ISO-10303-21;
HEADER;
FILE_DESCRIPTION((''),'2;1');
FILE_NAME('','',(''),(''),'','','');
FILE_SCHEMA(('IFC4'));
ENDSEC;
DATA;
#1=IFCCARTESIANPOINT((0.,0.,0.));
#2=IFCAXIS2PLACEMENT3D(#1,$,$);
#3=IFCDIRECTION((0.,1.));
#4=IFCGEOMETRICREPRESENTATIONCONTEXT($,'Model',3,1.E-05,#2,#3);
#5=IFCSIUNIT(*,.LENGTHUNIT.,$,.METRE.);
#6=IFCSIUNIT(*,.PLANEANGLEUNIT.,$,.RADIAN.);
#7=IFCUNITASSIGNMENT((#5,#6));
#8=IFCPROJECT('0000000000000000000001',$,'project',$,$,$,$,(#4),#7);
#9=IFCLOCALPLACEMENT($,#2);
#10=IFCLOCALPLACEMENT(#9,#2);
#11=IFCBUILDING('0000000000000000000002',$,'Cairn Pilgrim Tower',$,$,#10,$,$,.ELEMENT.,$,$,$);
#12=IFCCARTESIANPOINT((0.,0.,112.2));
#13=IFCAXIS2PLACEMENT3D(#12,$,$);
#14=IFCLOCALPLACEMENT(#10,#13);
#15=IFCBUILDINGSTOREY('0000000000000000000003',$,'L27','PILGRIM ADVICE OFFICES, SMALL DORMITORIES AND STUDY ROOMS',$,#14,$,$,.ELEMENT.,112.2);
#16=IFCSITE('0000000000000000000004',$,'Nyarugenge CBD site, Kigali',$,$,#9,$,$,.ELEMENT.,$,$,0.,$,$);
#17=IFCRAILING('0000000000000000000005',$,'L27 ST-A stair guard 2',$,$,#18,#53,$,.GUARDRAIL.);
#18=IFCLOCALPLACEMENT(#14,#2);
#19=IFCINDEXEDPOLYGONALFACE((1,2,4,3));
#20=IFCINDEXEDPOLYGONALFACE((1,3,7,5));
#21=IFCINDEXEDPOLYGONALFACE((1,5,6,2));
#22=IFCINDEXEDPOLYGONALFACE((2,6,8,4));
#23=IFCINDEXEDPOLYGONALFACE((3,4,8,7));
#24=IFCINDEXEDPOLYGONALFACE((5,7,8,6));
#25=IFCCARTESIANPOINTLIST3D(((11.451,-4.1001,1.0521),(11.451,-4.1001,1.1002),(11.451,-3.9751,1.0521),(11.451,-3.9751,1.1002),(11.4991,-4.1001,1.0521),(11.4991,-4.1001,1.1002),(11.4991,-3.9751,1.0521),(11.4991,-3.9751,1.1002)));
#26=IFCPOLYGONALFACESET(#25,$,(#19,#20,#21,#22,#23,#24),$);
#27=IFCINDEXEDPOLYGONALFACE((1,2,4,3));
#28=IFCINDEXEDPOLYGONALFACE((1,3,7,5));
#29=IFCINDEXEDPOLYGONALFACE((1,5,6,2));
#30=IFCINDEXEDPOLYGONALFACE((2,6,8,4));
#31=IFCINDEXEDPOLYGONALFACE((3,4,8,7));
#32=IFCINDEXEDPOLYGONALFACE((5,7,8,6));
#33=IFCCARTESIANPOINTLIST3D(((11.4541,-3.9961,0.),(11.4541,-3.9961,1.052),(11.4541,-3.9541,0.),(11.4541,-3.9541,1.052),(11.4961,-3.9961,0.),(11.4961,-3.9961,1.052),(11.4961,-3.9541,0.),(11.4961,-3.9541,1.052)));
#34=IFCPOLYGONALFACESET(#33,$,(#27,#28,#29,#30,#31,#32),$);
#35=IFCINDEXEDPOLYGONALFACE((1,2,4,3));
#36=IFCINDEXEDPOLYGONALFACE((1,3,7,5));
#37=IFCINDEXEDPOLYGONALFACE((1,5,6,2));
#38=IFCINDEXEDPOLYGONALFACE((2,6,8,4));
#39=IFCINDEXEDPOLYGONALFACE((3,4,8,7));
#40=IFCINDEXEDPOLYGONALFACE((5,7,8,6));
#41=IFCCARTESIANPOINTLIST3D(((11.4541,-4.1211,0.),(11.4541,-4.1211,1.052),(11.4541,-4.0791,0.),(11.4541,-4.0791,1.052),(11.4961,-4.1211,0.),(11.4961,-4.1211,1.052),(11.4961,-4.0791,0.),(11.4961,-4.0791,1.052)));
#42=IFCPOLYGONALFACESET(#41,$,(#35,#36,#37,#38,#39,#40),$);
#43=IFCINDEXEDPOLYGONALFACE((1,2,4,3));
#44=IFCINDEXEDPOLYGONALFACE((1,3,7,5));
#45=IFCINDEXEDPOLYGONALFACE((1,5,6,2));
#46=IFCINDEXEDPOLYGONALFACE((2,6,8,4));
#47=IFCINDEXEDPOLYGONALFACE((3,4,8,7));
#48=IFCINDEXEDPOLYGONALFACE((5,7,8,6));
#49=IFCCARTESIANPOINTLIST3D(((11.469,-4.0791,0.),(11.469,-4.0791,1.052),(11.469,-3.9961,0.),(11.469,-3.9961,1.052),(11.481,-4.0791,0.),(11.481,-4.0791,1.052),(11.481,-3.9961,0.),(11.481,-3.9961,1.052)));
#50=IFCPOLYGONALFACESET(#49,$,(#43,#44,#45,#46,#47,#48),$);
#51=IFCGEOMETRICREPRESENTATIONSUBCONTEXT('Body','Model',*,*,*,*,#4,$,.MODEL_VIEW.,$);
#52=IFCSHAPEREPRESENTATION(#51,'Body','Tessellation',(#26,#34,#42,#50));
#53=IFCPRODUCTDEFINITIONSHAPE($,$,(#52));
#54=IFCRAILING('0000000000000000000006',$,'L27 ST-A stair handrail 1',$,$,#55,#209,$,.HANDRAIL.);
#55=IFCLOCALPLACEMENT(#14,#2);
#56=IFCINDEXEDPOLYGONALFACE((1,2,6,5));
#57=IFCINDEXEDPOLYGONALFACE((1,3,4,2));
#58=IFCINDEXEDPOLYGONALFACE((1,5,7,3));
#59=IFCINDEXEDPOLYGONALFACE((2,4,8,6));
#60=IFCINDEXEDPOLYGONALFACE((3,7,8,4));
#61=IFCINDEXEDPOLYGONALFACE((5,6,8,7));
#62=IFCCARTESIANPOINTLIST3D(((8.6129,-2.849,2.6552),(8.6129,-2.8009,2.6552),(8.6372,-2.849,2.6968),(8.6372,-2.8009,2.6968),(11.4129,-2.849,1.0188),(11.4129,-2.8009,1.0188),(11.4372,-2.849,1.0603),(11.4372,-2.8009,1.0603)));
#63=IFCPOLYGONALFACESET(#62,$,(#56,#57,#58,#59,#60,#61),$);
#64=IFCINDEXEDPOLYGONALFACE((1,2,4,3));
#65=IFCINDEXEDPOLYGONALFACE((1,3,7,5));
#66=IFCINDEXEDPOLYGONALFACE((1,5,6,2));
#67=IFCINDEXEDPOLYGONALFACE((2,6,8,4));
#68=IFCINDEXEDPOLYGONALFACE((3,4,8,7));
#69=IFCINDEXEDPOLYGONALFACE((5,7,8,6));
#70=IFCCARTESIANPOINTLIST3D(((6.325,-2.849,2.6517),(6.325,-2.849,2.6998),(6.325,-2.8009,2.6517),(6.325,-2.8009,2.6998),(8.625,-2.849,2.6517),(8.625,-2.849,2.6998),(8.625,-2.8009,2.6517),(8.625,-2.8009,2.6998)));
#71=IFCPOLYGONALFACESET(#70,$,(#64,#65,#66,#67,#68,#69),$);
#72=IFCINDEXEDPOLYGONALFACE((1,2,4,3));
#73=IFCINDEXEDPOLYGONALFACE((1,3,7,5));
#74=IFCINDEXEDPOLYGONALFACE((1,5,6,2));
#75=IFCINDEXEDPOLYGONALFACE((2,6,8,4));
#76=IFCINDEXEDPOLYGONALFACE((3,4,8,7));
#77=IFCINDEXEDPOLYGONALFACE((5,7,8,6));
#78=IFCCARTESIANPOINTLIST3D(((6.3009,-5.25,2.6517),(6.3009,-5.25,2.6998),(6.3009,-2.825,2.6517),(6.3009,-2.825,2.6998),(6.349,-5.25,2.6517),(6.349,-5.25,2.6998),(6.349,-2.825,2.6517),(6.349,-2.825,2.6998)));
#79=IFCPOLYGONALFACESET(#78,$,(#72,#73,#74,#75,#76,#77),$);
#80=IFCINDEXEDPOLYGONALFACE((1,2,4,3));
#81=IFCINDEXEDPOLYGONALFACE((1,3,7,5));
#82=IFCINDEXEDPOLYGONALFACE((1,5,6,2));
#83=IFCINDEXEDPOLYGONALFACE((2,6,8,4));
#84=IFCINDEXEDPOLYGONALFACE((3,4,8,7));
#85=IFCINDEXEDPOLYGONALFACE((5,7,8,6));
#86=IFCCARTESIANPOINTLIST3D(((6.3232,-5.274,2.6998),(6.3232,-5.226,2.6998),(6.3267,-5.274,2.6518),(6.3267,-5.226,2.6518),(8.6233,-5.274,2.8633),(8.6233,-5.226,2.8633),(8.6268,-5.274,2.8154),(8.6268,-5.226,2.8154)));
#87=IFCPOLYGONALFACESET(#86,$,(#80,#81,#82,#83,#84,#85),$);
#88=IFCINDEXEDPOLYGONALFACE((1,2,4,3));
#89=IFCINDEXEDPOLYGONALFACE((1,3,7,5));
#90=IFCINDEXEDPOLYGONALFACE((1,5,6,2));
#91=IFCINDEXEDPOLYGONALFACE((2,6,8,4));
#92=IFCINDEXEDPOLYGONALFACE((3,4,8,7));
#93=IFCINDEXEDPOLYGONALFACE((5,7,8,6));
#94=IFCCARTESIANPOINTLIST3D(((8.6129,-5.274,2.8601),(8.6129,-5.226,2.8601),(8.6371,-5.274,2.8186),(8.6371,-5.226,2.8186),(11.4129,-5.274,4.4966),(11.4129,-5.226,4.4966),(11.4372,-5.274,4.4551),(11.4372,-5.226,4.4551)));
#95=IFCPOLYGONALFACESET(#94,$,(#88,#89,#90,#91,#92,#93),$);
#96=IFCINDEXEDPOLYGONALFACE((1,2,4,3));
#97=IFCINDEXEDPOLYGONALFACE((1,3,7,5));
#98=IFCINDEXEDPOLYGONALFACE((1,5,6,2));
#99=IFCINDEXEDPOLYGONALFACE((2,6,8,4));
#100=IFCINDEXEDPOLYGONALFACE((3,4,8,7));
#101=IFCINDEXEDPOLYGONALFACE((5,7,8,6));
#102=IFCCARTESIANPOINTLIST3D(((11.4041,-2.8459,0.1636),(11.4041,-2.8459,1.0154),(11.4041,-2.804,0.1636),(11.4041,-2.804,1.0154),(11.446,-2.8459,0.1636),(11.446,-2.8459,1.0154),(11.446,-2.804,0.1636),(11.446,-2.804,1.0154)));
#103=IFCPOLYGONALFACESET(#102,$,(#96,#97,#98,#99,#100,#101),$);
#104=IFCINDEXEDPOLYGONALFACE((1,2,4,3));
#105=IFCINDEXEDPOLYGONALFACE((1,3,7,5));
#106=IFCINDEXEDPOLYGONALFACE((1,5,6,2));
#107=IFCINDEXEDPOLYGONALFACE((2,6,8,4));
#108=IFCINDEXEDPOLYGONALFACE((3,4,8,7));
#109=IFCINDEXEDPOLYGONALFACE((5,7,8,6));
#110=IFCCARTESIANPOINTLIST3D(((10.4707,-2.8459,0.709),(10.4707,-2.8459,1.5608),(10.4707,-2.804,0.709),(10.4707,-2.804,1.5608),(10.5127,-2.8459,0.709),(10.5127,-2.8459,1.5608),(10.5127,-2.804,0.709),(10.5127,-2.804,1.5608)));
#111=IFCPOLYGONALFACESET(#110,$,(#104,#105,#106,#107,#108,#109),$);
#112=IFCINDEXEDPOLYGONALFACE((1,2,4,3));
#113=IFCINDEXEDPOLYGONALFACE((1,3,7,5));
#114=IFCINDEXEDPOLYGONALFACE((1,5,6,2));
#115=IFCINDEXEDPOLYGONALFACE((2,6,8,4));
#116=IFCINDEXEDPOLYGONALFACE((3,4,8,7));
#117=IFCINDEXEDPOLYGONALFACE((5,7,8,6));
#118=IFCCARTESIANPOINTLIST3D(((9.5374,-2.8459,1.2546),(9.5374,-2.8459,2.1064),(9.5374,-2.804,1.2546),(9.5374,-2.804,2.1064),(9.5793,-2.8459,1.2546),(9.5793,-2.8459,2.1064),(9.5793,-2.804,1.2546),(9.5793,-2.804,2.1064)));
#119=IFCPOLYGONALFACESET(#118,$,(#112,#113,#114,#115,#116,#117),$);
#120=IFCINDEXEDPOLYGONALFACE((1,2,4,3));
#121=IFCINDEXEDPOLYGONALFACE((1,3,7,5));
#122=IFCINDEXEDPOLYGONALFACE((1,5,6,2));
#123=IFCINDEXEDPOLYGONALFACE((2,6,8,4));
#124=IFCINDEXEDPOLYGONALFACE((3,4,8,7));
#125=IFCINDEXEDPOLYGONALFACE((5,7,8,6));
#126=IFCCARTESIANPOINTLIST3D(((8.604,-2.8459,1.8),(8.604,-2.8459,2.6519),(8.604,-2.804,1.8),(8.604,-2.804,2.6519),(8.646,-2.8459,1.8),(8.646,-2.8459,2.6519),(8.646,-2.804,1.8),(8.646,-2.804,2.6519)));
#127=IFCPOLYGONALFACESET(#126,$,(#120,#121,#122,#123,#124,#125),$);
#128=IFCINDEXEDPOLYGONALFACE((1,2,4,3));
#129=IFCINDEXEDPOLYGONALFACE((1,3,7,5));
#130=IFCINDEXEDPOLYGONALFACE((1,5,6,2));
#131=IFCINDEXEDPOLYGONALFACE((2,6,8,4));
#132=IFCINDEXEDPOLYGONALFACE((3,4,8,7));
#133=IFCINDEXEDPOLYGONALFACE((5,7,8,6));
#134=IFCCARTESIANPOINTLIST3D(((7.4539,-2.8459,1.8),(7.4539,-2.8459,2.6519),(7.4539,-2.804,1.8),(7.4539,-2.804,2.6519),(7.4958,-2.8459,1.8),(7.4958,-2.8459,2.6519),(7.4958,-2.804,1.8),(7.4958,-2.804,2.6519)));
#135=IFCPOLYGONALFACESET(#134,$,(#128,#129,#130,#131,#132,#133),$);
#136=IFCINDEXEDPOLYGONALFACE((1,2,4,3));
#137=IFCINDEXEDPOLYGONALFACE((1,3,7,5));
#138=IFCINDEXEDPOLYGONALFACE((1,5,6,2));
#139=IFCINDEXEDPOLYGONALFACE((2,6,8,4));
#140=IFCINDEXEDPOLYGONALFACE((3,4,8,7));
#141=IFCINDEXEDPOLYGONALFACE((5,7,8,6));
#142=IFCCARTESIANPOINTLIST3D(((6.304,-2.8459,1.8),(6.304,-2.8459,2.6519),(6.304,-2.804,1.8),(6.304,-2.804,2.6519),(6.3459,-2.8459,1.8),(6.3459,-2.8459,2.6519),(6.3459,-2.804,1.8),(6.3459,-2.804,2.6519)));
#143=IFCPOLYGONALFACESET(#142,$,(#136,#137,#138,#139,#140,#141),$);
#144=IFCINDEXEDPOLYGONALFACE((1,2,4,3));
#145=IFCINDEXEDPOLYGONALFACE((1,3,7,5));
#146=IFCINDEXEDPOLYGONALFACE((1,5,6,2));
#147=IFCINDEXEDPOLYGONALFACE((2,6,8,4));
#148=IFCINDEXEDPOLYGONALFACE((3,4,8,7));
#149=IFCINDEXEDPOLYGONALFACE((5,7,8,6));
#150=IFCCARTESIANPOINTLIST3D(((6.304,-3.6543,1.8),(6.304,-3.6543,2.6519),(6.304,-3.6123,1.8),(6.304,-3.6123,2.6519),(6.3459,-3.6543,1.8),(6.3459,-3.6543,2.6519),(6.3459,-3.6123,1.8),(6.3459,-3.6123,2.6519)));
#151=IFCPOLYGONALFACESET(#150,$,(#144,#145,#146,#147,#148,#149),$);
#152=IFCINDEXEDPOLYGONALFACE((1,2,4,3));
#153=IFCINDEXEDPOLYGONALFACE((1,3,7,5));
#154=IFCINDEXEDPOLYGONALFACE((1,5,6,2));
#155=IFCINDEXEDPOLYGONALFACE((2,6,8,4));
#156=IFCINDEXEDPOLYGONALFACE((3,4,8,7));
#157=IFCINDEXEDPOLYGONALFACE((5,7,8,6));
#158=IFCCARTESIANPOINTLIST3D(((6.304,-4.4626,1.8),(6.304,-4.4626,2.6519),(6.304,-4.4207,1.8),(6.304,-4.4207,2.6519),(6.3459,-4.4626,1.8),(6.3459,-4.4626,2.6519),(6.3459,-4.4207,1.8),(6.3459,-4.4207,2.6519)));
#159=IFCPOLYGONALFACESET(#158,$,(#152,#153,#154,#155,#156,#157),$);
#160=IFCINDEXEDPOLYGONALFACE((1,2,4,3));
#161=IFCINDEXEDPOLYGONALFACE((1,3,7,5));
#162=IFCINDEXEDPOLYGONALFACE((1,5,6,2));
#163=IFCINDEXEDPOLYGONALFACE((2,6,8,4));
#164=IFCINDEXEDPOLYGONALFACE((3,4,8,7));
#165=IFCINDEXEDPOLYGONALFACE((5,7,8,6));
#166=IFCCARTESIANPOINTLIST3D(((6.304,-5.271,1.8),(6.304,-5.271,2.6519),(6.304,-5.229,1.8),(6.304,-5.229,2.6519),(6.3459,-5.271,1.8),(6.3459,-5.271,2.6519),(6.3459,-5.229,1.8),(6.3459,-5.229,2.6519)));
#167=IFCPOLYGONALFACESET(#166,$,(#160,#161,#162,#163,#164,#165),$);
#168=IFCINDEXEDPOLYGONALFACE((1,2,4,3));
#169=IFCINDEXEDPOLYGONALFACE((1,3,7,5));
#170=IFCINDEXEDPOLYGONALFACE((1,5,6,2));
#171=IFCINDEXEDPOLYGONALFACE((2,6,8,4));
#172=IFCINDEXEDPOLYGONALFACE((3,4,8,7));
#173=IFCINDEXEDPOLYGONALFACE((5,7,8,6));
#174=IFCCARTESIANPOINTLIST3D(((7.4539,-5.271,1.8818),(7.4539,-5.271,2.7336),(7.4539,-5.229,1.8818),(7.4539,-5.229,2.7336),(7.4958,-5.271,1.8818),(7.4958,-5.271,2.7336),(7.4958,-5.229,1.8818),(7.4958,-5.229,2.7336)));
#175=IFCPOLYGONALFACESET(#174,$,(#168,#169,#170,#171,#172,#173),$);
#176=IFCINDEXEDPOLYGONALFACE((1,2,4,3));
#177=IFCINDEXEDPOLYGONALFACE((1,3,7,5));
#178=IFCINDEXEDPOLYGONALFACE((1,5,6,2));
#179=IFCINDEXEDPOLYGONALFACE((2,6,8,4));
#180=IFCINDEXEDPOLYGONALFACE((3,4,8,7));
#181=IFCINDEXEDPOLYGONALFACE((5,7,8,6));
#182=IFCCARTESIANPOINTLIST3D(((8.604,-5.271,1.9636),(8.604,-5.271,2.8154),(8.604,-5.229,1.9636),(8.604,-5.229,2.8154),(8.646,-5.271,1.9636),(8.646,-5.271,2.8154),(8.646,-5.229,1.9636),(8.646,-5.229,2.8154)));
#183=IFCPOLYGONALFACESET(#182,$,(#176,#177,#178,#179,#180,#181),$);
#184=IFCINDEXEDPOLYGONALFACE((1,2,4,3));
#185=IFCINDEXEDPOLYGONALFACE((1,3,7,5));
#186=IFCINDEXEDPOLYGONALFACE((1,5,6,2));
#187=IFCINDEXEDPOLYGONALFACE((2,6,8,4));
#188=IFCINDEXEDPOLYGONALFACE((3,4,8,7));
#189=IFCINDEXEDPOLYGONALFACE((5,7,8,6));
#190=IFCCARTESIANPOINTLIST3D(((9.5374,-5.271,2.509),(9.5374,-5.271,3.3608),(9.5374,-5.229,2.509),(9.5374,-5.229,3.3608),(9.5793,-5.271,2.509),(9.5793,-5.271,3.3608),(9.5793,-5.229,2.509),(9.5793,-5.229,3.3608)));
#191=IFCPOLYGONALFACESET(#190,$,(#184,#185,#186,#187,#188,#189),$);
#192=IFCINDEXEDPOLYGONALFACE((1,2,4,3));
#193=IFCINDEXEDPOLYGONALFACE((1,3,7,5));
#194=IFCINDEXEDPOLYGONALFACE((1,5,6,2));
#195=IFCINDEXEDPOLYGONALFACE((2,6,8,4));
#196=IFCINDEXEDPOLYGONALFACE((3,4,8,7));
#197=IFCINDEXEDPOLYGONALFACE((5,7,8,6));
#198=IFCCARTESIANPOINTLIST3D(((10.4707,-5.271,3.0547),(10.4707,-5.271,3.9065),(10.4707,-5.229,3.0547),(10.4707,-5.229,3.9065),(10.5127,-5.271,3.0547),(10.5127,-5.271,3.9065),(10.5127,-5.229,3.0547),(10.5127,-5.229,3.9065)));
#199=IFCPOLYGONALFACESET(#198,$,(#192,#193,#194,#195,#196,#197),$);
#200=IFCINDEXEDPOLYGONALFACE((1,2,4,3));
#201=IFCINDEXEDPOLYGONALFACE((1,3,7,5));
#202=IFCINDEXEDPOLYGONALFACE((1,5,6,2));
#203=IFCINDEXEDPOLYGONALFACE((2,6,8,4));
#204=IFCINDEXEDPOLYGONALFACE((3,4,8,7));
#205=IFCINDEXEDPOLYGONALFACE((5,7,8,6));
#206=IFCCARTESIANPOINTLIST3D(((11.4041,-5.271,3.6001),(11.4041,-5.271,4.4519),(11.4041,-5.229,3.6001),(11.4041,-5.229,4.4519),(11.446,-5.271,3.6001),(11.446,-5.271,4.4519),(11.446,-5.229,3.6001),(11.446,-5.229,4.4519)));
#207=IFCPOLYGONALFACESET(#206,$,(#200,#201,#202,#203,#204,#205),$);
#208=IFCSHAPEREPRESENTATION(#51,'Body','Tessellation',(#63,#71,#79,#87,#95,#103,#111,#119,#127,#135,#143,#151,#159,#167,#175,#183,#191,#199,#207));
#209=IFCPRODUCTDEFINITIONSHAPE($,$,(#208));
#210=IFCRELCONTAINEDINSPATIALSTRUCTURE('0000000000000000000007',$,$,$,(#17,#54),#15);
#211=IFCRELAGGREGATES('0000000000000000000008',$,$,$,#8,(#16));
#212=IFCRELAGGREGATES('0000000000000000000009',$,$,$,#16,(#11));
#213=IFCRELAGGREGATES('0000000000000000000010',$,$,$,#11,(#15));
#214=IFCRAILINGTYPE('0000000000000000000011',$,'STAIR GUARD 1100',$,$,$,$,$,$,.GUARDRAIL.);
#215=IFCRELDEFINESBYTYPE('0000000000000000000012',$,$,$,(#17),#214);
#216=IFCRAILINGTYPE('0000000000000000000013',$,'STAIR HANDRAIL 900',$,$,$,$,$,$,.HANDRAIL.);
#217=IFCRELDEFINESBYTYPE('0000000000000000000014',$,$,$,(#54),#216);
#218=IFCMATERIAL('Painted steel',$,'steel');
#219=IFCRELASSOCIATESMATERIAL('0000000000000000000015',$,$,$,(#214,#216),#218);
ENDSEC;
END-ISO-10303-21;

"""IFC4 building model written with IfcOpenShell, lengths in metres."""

from ifc_helpers import new_model, si_unit, direction, frame, origin, origin_2d, place, context, subcontext, project, spatial, polyline, rectangle, outline, extrude, material, type_object, element, save


model = new_model("IFC4")

# Units and contexts
model_context = context("Model", 3, precision=1e-05, world=origin(), true_north=direction((0.0, 1.0)))
body_context = subcontext(model_context, "Body", "Model", "MODEL_VIEW")
ifc_project = project(units=[si_unit("LENGTHUNIT", "METRE"), si_unit("PLANEANGLEUNIT", "RADIAN")], contexts=[model_context])

# Site, building, storey
site_placement = place(None, origin())
site = spatial("IfcSite", under=ifc_project, at=site_placement, Name="Nyarugenge CBD site, Kigali", CompositionType="ELEMENT", RefElevation=0.0)
building_placement = place(site_placement, origin())
building = spatial("IfcBuilding", under=site, at=building_placement, Name="Cairn Pilgrim Tower", CompositionType="ELEMENT")
storey_placement = place(building_placement, frame((0.0, 0.0, 112.2)))
storey = spatial("IfcBuildingStorey", under=building, at=storey_placement, Name="L27", Description="PILGRIM ADVICE OFFICES, SMALL DORMITORIES AND STUDY ROOMS", CompositionType="ELEMENT", Elevation=112.2)

# Shared definitions
ifc_material_1 = material(Name="Painted steel", Category="steel")

# Railings
railing_type_1 = type_object("IfcRailingType", Name="STAIR GUARD 1100", PredefinedType="GUARDRAIL", material=ifc_material_1)
railing_1_placement = place(storey_placement, frame((11.4751, -3.9751, 0.0)))
element("IfcRailing", 1, at=railing_1_placement, inside=storey, type_object=railing_type_1, Name="L27 ST-A stair guard 2", PredefinedType="GUARDRAIL", context=body_context, shape_type="SweptSolid", body=[
    extrude(rectangle(XDim=0.0481, YDim=0.0481, at=origin_2d()), frame((0.0, 0.0, 1.0762), z_axis=(0.0, -1.0, 0.0), x_axis=(1.0, 0.0, 0.0)), (0.0, 0.0, 1.0), 0.125),
    extrude(rectangle(XDim=0.042, YDim=0.042, at=origin_2d()), origin(), (0.0, 0.0, 1.0), 1.052),
    extrude(rectangle(XDim=0.042, YDim=0.042, at=origin_2d()), frame((0.0, -0.125, 0.0)), (0.0, 0.0, 1.0), 1.052),
    extrude(outline(polyline([(0.021, 0.0), (0.104, 0.0), (0.104, 1.052), (0.021, 1.052), (0.021, 0.0)])), frame((0.0059, 0.0, 0.0), z_axis=(-1.0, 0.0, 0.0), x_axis=(0.0, -1.0, 0.0)), (0.0, 0.0, 1.0), 0.012),
])
railing_type_2 = type_object("IfcRailingType", Name="STAIR HANDRAIL 900", PredefinedType="HANDRAIL", material=ifc_material_1)
railing_2_placement = place(storey_placement, frame((11.425, -2.825, 0.1636)))
element("IfcRailing", 2, at=railing_2_placement, inside=storey, type_object=railing_type_2, Name="L27 ST-A stair handrail 1", PredefinedType="HANDRAIL", context=body_context, shape_type="SweptSolid", body=[
    extrude(rectangle(XDim=0.0481, YDim=0.0481, at=origin_2d()), frame((0.0, 0.0, 0.876), z_axis=(-0.863361, 0.0, 0.504587), x_axis=(0.0, -1.0, 0.0)), (0.0, 0.0, 1.0), 3.2432),
    extrude(rectangle(XDim=0.0481, YDim=0.0481, at=origin_2d()), frame((-2.8, 0.0, 2.5122), z_axis=(-1.0, 0.0, 0.0), x_axis=(0.0, -1.0, 0.0)), (0.0, 0.0, 1.0), 2.3),
    extrude(rectangle(XDim=0.0481, YDim=0.0481, at=origin_2d()), frame((-5.1001, 0.0, 2.5122), z_axis=(0.0, -1.0, 0.0), x_axis=(1.0, 0.0, 0.0)), (0.0, 0.0, 1.0), 2.425),
    extrude(rectangle(XDim=0.0481, YDim=0.0481, at=origin_2d()), frame((-5.1001, -2.425, 2.5122), z_axis=(0.997481, 0.0, 0.070939), x_axis=(0.0, 1.0, 0.0)), (0.0, 0.0, 1.0), 2.3059),
    extrude(rectangle(XDim=0.0481, YDim=0.0481, at=origin_2d()), frame((-2.8, -2.425, 2.6758), z_axis=(0.863361, 0.0, 0.504587), x_axis=(0.0, 1.0, 0.0)), (0.0, 0.0, 1.0), 3.2432),
    extrude(rectangle(XDim=0.042, YDim=0.042, at=origin_2d()), origin(), (0.0, 0.0, 1.0), 0.8518),
    extrude(rectangle(XDim=0.042, YDim=0.042, at=origin_2d()), frame((-0.9333, 0.0, 0.5454)), (0.0, 0.0, 1.0), 0.8518),
    extrude(rectangle(XDim=0.042, YDim=0.042, at=origin_2d()), frame((-1.8667, 0.0, 1.0911)), (0.0, 0.0, 1.0), 0.8518),
    extrude(rectangle(XDim=0.042, YDim=0.042, at=origin_2d()), frame((-2.8, 0.0, 1.6365)), (0.0, 0.0, 1.0), 0.8518),
    extrude(rectangle(XDim=0.042, YDim=0.042, at=origin_2d()), frame((-3.9502, 0.0, 1.6365)), (0.0, 0.0, 1.0), 0.8518),
    extrude(rectangle(XDim=0.042, YDim=0.042, at=origin_2d()), frame((-5.1001, 0.0, 1.6365)), (0.0, 0.0, 1.0), 0.8518),
    extrude(rectangle(XDim=0.042, YDim=0.042, at=origin_2d()), frame((-5.1001, -0.8083, 1.6365)), (0.0, 0.0, 1.0), 0.8518),
    extrude(rectangle(XDim=0.042, YDim=0.042, at=origin_2d()), frame((-5.1001, -1.6167, 1.6365)), (0.0, 0.0, 1.0), 0.8518),
    extrude(rectangle(XDim=0.042, YDim=0.042, at=origin_2d()), frame((-5.1001, -2.425, 1.6365)), (0.0, 0.0, 1.0), 0.8518),
    extrude(rectangle(XDim=0.042, YDim=0.042, at=origin_2d()), frame((-3.9502, -2.425, 1.7183)), (0.0, 0.0, 1.0), 0.8518),
    extrude(rectangle(XDim=0.042, YDim=0.042, at=origin_2d()), frame((-2.8, -2.425, 1.8)), (0.0, 0.0, 1.0), 0.8518),
    extrude(rectangle(XDim=0.042, YDim=0.042, at=origin_2d()), frame((-1.8667, -2.425, 2.3455)), (0.0, 0.0, 1.0), 0.8518),
    extrude(rectangle(XDim=0.042, YDim=0.042, at=origin_2d()), frame((-0.9333, -2.425, 2.8911)), (0.0, 0.0, 1.0), 0.8518),
    extrude(rectangle(XDim=0.042, YDim=0.042, at=origin_2d()), frame((0.0, -2.425, 3.4365)), (0.0, 0.0, 1.0), 0.8518),
])

save(model, "model.ifc")
